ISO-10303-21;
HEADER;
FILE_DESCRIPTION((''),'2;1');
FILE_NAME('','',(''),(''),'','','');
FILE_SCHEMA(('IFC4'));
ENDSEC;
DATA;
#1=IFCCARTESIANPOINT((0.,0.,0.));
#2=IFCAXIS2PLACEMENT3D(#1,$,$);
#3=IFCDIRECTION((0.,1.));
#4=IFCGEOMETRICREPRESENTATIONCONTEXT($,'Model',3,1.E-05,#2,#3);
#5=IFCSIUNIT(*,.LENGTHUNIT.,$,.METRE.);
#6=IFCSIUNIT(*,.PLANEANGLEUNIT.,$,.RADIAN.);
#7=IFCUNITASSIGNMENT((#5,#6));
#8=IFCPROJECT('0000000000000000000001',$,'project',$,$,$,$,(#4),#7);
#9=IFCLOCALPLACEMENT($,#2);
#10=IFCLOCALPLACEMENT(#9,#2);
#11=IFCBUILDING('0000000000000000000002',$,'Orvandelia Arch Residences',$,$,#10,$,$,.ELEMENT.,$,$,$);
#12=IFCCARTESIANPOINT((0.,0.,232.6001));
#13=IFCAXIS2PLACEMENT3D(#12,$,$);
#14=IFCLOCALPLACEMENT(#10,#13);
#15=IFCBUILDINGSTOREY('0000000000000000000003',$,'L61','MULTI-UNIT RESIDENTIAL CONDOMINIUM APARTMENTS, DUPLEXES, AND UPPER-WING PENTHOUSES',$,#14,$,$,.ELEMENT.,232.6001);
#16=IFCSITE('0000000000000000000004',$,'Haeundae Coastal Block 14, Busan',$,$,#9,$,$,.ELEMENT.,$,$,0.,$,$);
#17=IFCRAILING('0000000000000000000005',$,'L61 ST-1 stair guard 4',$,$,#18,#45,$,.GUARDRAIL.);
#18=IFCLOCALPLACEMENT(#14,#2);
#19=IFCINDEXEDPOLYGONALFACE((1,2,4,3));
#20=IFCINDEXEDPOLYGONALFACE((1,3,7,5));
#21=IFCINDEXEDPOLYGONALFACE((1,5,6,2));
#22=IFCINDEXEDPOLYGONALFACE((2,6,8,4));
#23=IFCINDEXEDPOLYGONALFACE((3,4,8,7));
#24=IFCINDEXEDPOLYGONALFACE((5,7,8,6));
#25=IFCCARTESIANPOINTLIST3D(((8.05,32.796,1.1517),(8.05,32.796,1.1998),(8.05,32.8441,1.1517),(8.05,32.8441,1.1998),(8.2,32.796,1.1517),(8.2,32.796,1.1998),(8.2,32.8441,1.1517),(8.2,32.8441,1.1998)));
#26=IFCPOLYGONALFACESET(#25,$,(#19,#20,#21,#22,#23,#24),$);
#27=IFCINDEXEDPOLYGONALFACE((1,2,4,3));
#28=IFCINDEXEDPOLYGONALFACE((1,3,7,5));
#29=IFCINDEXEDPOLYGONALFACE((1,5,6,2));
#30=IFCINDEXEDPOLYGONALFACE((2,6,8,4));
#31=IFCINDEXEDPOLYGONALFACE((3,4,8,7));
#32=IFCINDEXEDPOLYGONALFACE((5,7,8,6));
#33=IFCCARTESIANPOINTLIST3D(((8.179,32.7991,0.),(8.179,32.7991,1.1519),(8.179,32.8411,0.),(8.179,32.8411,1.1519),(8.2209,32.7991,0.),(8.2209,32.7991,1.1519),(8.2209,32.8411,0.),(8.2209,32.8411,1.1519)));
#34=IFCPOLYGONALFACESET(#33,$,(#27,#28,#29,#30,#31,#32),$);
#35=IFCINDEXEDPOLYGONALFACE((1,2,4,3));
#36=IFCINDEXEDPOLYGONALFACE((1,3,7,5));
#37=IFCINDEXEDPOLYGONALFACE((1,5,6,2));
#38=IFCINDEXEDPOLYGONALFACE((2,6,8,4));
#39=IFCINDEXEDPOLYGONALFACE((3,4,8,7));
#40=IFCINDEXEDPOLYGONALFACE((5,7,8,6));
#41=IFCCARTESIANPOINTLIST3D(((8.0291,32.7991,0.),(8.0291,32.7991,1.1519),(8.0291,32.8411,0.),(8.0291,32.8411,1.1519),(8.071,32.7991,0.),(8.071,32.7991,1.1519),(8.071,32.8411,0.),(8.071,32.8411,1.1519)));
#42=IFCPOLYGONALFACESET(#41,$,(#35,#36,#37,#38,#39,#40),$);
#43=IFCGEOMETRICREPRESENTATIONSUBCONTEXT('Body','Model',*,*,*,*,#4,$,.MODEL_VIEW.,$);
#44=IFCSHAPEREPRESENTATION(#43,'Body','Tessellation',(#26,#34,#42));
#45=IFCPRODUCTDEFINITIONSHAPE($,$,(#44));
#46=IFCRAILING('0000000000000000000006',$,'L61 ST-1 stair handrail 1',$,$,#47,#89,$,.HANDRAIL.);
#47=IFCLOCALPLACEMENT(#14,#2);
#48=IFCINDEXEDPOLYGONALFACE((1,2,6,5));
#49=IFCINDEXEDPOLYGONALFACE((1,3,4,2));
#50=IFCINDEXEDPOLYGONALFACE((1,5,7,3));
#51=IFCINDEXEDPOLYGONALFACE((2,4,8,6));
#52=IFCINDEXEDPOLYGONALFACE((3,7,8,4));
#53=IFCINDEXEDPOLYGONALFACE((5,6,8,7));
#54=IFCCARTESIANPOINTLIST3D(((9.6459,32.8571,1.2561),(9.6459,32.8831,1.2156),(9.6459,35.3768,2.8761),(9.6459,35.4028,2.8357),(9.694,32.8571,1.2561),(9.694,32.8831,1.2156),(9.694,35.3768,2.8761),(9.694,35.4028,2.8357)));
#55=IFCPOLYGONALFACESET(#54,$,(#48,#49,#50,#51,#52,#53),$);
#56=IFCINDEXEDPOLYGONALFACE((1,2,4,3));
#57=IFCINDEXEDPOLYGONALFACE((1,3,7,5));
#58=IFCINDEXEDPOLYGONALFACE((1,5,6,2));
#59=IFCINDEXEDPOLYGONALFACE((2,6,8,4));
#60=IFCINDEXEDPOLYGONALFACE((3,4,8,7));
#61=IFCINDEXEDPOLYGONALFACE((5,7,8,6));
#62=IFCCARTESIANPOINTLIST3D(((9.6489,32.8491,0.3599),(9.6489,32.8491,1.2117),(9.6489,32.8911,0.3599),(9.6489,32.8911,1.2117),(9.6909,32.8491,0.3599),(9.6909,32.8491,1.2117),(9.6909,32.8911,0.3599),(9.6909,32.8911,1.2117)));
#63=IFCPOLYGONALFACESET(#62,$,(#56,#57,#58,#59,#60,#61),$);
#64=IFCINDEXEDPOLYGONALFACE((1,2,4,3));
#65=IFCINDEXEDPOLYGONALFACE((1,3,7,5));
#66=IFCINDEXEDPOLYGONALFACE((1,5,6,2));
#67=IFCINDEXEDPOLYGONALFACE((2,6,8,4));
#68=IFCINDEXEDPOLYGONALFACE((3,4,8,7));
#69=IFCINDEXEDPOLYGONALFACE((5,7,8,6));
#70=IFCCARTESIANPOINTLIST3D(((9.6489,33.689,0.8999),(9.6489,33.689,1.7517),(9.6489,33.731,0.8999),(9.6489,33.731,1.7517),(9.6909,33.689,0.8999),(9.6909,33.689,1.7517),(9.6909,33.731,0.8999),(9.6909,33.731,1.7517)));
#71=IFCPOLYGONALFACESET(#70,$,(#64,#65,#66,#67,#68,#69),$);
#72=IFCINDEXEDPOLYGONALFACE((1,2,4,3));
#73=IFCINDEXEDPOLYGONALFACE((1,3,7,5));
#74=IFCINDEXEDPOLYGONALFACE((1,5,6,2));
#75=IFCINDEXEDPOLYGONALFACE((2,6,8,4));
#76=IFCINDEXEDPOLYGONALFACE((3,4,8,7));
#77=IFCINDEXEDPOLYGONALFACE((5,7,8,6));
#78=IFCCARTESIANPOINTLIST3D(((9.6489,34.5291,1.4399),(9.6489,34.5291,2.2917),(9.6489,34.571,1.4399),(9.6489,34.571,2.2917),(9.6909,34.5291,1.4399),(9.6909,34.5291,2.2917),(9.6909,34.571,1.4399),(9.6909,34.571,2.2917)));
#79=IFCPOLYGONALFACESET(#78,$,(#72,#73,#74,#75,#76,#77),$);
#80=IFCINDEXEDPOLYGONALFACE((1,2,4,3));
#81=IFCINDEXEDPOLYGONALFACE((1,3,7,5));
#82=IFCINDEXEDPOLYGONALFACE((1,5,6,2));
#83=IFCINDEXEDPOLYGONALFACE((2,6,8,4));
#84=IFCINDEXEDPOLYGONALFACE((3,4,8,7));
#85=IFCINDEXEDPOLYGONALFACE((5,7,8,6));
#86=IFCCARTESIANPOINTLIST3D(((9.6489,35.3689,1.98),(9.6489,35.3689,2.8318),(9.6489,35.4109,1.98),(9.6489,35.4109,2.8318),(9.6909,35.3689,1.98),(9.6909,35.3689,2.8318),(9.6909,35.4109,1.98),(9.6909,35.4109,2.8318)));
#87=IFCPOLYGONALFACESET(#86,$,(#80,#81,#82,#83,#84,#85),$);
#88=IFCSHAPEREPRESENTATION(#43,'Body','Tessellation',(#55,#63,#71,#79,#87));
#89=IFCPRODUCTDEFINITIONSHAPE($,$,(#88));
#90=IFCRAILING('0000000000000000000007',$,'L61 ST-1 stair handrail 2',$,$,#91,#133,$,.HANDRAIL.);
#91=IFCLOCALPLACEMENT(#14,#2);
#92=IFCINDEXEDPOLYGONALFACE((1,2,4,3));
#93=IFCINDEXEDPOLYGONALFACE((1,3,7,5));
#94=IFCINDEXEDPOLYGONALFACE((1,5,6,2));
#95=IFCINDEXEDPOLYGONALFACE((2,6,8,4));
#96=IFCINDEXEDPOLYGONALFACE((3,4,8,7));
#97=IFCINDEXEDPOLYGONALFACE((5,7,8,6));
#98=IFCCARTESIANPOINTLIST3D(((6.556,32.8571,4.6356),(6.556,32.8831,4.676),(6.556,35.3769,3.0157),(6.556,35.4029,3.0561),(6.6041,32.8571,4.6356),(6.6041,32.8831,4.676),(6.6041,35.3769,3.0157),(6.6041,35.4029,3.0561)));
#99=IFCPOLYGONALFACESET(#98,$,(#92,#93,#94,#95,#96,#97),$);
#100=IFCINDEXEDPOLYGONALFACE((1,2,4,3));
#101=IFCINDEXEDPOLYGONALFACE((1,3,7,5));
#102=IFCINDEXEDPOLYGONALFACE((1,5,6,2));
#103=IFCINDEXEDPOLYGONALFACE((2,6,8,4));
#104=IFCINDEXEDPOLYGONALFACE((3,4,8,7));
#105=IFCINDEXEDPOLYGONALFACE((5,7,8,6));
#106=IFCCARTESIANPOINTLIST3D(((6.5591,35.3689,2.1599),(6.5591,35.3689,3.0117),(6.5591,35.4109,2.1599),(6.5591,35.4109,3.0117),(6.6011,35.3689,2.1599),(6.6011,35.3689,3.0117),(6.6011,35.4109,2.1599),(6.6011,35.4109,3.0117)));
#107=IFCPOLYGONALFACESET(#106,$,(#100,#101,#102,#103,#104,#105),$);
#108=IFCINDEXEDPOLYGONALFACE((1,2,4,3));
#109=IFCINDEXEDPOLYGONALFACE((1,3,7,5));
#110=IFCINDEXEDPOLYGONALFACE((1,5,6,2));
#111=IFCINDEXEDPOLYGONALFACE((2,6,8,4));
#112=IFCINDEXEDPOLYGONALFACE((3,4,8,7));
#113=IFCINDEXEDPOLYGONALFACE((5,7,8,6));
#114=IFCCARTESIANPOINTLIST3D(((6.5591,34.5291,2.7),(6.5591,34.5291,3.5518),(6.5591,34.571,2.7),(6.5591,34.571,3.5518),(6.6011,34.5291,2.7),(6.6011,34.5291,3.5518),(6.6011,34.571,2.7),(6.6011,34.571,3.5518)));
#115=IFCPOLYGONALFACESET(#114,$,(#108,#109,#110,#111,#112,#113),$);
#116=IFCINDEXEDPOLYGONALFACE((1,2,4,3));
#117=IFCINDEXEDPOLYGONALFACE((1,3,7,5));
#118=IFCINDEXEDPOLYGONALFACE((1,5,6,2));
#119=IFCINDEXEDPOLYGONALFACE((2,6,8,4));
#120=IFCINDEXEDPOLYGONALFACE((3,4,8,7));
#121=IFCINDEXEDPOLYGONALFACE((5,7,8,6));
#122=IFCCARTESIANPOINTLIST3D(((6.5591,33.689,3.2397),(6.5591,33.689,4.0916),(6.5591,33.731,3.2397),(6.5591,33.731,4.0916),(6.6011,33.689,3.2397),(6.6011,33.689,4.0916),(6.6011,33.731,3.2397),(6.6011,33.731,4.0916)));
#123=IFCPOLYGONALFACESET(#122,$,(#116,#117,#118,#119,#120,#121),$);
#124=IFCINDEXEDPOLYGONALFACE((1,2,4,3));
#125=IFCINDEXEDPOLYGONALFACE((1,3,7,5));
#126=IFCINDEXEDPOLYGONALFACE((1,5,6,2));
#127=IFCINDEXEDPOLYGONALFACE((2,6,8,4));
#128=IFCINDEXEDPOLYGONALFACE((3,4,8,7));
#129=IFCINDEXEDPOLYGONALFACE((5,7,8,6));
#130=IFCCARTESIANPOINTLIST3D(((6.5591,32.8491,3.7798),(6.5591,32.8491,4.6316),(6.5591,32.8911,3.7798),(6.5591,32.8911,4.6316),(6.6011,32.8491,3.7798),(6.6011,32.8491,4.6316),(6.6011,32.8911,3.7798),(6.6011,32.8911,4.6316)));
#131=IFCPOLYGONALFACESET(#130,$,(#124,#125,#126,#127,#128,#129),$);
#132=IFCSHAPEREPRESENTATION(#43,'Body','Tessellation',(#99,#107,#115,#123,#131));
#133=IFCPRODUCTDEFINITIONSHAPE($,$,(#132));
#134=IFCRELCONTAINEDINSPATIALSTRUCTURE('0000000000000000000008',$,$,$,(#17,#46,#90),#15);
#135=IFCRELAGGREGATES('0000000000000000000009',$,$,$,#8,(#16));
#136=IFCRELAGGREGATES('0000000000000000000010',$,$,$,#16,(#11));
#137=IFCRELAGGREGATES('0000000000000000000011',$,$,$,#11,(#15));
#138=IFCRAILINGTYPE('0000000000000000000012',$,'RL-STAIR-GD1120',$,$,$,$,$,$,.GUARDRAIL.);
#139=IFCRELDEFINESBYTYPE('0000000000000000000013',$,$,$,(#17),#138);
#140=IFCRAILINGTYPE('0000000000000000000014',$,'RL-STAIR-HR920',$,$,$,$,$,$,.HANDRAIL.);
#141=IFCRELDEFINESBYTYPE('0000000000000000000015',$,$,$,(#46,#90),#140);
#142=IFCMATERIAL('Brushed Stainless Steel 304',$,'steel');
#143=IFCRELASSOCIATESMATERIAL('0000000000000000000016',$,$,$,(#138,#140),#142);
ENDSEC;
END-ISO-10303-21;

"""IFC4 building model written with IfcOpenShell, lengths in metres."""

from ifc_helpers import new_model, si_unit, direction, frame, origin, origin_2d, place, context, subcontext, project, spatial, rectangle, extrude, material, type_object, element, save


model = new_model("IFC4")

# Units and contexts
model_context = context("Model", 3, precision=1e-05, world=origin(), true_north=direction((0.0, 1.0)))
body_context = subcontext(model_context, "Body", "Model", "MODEL_VIEW")
ifc_project = project(units=[si_unit("LENGTHUNIT", "METRE"), si_unit("PLANEANGLEUNIT", "RADIAN")], contexts=[model_context])

# Site, building, storey
site_placement = place(None, origin())
site = spatial("IfcSite", under=ifc_project, at=site_placement, Name="Haeundae Coastal Block 14, Busan", CompositionType="ELEMENT", RefElevation=0.0)
building_placement = place(site_placement, origin())
building = spatial("IfcBuilding", under=site, at=building_placement, Name="Orvandelia Arch Residences", CompositionType="ELEMENT")
storey_placement = place(building_placement, frame((0.0, 0.0, 232.6001)))
storey = spatial("IfcBuildingStorey", under=building, at=storey_placement, Name="L61", Description="MULTI-UNIT RESIDENTIAL CONDOMINIUM APARTMENTS, DUPLEXES, AND UPPER-WING PENTHOUSES", CompositionType="ELEMENT", Elevation=232.6001)

# Railings
ifc_material_1 = material(Name="Brushed Stainless Steel 304", Category="steel")
railing_type_1 = type_object("IfcRailingType", Name="RL-STAIR-GD1120", PredefinedType="GUARDRAIL", material=ifc_material_1)
railing_1_placement = place(storey_placement, frame((8.2, 32.8201, 0.0)))
element("IfcRailing", 1, at=railing_1_placement, inside=storey, type_object=railing_type_1, Name="L61 ST-1 stair guard 4", PredefinedType="GUARDRAIL", context=body_context, shape_type="SweptSolid", body=[
    extrude(rectangle(XDim=0.0481, YDim=0.0481, at=origin_2d()), frame((0.0, 0.0, 1.1758), z_axis=(-1.0, 0.0, 0.0), x_axis=(0.0, -1.0, 0.0)), (0.0, 0.0, 1.0), 0.1499),
    extrude(rectangle(XDim=0.042, YDim=0.042, at=origin_2d()), origin(), (0.0, 0.0, 1.0), 1.1519),
    extrude(rectangle(XDim=0.042, YDim=0.042, at=origin_2d()), frame((-0.1499, 0.0, 0.0)), (0.0, 0.0, 1.0), 1.1519),
])
railing_type_2 = type_object("IfcRailingType", Name="RL-STAIR-HR920", PredefinedType="HANDRAIL", material=ifc_material_1)
railing_2_placement = place(storey_placement, frame((9.6699, 32.8701, 0.3599)))
element("IfcRailing", 2, at=railing_2_placement, inside=storey, type_object=railing_type_2, Name="L61 ST-1 stair handrail 1", PredefinedType="HANDRAIL", context=body_context, shape_type="SweptSolid", body=[
    extrude(rectangle(XDim=0.0481, YDim=0.0481, at=origin_2d()), frame((0.0, 0.0, 0.876), z_axis=(0.0, 0.841139, 0.540819), x_axis=(-1.0, 0.0, 0.0)), (0.0, 0.0, 1.0), 2.9956),
    extrude(rectangle(XDim=0.042, YDim=0.042, at=origin_2d()), origin(), (0.0, 0.0, 1.0), 0.8518),
    extrude(rectangle(XDim=0.042, YDim=0.042, at=origin_2d()), frame((0.0, 0.8398, 0.54)), (0.0, 0.0, 1.0), 0.8518),
    extrude(rectangle(XDim=0.042, YDim=0.042, at=origin_2d()), frame((0.0, 1.6799, 1.0801)), (0.0, 0.0, 1.0), 0.8518),
    extrude(rectangle(XDim=0.042, YDim=0.042, at=origin_2d()), frame((0.0, 2.5198, 1.6201)), (0.0, 0.0, 1.0), 0.8518),
])
railing_3_placement = place(storey_placement, frame((6.5801, 35.3899, 2.1599)))
element("IfcRailing", 3, at=railing_3_placement, inside=storey, type_object=railing_type_2, Name="L61 ST-1 stair handrail 2", PredefinedType="HANDRAIL", context=body_context, shape_type="SweptSolid", body=[
    extrude(rectangle(XDim=0.0481, YDim=0.0481, at=origin_2d()), frame((0.0, 0.0, 0.876), z_axis=(0.0, -0.841176, 0.540762), x_axis=(1.0, 0.0, 0.0)), (0.0, 0.0, 1.0), 2.9956),
    extrude(rectangle(XDim=0.042, YDim=0.042, at=origin_2d()), origin(), (0.0, 0.0, 1.0), 0.8518),
    extrude(rectangle(XDim=0.042, YDim=0.042, at=origin_2d()), frame((0.0, -0.8398, 0.54)), (0.0, 0.0, 1.0), 0.8518),
    extrude(rectangle(XDim=0.042, YDim=0.042, at=origin_2d()), frame((0.0, -1.6799, 1.0798)), (0.0, 0.0, 1.0), 0.8518),
    extrude(rectangle(XDim=0.042, YDim=0.042, at=origin_2d()), frame((0.0, -2.5198, 1.6199)), (0.0, 0.0, 1.0), 0.8518),
])

save(model, "model.ifc")
